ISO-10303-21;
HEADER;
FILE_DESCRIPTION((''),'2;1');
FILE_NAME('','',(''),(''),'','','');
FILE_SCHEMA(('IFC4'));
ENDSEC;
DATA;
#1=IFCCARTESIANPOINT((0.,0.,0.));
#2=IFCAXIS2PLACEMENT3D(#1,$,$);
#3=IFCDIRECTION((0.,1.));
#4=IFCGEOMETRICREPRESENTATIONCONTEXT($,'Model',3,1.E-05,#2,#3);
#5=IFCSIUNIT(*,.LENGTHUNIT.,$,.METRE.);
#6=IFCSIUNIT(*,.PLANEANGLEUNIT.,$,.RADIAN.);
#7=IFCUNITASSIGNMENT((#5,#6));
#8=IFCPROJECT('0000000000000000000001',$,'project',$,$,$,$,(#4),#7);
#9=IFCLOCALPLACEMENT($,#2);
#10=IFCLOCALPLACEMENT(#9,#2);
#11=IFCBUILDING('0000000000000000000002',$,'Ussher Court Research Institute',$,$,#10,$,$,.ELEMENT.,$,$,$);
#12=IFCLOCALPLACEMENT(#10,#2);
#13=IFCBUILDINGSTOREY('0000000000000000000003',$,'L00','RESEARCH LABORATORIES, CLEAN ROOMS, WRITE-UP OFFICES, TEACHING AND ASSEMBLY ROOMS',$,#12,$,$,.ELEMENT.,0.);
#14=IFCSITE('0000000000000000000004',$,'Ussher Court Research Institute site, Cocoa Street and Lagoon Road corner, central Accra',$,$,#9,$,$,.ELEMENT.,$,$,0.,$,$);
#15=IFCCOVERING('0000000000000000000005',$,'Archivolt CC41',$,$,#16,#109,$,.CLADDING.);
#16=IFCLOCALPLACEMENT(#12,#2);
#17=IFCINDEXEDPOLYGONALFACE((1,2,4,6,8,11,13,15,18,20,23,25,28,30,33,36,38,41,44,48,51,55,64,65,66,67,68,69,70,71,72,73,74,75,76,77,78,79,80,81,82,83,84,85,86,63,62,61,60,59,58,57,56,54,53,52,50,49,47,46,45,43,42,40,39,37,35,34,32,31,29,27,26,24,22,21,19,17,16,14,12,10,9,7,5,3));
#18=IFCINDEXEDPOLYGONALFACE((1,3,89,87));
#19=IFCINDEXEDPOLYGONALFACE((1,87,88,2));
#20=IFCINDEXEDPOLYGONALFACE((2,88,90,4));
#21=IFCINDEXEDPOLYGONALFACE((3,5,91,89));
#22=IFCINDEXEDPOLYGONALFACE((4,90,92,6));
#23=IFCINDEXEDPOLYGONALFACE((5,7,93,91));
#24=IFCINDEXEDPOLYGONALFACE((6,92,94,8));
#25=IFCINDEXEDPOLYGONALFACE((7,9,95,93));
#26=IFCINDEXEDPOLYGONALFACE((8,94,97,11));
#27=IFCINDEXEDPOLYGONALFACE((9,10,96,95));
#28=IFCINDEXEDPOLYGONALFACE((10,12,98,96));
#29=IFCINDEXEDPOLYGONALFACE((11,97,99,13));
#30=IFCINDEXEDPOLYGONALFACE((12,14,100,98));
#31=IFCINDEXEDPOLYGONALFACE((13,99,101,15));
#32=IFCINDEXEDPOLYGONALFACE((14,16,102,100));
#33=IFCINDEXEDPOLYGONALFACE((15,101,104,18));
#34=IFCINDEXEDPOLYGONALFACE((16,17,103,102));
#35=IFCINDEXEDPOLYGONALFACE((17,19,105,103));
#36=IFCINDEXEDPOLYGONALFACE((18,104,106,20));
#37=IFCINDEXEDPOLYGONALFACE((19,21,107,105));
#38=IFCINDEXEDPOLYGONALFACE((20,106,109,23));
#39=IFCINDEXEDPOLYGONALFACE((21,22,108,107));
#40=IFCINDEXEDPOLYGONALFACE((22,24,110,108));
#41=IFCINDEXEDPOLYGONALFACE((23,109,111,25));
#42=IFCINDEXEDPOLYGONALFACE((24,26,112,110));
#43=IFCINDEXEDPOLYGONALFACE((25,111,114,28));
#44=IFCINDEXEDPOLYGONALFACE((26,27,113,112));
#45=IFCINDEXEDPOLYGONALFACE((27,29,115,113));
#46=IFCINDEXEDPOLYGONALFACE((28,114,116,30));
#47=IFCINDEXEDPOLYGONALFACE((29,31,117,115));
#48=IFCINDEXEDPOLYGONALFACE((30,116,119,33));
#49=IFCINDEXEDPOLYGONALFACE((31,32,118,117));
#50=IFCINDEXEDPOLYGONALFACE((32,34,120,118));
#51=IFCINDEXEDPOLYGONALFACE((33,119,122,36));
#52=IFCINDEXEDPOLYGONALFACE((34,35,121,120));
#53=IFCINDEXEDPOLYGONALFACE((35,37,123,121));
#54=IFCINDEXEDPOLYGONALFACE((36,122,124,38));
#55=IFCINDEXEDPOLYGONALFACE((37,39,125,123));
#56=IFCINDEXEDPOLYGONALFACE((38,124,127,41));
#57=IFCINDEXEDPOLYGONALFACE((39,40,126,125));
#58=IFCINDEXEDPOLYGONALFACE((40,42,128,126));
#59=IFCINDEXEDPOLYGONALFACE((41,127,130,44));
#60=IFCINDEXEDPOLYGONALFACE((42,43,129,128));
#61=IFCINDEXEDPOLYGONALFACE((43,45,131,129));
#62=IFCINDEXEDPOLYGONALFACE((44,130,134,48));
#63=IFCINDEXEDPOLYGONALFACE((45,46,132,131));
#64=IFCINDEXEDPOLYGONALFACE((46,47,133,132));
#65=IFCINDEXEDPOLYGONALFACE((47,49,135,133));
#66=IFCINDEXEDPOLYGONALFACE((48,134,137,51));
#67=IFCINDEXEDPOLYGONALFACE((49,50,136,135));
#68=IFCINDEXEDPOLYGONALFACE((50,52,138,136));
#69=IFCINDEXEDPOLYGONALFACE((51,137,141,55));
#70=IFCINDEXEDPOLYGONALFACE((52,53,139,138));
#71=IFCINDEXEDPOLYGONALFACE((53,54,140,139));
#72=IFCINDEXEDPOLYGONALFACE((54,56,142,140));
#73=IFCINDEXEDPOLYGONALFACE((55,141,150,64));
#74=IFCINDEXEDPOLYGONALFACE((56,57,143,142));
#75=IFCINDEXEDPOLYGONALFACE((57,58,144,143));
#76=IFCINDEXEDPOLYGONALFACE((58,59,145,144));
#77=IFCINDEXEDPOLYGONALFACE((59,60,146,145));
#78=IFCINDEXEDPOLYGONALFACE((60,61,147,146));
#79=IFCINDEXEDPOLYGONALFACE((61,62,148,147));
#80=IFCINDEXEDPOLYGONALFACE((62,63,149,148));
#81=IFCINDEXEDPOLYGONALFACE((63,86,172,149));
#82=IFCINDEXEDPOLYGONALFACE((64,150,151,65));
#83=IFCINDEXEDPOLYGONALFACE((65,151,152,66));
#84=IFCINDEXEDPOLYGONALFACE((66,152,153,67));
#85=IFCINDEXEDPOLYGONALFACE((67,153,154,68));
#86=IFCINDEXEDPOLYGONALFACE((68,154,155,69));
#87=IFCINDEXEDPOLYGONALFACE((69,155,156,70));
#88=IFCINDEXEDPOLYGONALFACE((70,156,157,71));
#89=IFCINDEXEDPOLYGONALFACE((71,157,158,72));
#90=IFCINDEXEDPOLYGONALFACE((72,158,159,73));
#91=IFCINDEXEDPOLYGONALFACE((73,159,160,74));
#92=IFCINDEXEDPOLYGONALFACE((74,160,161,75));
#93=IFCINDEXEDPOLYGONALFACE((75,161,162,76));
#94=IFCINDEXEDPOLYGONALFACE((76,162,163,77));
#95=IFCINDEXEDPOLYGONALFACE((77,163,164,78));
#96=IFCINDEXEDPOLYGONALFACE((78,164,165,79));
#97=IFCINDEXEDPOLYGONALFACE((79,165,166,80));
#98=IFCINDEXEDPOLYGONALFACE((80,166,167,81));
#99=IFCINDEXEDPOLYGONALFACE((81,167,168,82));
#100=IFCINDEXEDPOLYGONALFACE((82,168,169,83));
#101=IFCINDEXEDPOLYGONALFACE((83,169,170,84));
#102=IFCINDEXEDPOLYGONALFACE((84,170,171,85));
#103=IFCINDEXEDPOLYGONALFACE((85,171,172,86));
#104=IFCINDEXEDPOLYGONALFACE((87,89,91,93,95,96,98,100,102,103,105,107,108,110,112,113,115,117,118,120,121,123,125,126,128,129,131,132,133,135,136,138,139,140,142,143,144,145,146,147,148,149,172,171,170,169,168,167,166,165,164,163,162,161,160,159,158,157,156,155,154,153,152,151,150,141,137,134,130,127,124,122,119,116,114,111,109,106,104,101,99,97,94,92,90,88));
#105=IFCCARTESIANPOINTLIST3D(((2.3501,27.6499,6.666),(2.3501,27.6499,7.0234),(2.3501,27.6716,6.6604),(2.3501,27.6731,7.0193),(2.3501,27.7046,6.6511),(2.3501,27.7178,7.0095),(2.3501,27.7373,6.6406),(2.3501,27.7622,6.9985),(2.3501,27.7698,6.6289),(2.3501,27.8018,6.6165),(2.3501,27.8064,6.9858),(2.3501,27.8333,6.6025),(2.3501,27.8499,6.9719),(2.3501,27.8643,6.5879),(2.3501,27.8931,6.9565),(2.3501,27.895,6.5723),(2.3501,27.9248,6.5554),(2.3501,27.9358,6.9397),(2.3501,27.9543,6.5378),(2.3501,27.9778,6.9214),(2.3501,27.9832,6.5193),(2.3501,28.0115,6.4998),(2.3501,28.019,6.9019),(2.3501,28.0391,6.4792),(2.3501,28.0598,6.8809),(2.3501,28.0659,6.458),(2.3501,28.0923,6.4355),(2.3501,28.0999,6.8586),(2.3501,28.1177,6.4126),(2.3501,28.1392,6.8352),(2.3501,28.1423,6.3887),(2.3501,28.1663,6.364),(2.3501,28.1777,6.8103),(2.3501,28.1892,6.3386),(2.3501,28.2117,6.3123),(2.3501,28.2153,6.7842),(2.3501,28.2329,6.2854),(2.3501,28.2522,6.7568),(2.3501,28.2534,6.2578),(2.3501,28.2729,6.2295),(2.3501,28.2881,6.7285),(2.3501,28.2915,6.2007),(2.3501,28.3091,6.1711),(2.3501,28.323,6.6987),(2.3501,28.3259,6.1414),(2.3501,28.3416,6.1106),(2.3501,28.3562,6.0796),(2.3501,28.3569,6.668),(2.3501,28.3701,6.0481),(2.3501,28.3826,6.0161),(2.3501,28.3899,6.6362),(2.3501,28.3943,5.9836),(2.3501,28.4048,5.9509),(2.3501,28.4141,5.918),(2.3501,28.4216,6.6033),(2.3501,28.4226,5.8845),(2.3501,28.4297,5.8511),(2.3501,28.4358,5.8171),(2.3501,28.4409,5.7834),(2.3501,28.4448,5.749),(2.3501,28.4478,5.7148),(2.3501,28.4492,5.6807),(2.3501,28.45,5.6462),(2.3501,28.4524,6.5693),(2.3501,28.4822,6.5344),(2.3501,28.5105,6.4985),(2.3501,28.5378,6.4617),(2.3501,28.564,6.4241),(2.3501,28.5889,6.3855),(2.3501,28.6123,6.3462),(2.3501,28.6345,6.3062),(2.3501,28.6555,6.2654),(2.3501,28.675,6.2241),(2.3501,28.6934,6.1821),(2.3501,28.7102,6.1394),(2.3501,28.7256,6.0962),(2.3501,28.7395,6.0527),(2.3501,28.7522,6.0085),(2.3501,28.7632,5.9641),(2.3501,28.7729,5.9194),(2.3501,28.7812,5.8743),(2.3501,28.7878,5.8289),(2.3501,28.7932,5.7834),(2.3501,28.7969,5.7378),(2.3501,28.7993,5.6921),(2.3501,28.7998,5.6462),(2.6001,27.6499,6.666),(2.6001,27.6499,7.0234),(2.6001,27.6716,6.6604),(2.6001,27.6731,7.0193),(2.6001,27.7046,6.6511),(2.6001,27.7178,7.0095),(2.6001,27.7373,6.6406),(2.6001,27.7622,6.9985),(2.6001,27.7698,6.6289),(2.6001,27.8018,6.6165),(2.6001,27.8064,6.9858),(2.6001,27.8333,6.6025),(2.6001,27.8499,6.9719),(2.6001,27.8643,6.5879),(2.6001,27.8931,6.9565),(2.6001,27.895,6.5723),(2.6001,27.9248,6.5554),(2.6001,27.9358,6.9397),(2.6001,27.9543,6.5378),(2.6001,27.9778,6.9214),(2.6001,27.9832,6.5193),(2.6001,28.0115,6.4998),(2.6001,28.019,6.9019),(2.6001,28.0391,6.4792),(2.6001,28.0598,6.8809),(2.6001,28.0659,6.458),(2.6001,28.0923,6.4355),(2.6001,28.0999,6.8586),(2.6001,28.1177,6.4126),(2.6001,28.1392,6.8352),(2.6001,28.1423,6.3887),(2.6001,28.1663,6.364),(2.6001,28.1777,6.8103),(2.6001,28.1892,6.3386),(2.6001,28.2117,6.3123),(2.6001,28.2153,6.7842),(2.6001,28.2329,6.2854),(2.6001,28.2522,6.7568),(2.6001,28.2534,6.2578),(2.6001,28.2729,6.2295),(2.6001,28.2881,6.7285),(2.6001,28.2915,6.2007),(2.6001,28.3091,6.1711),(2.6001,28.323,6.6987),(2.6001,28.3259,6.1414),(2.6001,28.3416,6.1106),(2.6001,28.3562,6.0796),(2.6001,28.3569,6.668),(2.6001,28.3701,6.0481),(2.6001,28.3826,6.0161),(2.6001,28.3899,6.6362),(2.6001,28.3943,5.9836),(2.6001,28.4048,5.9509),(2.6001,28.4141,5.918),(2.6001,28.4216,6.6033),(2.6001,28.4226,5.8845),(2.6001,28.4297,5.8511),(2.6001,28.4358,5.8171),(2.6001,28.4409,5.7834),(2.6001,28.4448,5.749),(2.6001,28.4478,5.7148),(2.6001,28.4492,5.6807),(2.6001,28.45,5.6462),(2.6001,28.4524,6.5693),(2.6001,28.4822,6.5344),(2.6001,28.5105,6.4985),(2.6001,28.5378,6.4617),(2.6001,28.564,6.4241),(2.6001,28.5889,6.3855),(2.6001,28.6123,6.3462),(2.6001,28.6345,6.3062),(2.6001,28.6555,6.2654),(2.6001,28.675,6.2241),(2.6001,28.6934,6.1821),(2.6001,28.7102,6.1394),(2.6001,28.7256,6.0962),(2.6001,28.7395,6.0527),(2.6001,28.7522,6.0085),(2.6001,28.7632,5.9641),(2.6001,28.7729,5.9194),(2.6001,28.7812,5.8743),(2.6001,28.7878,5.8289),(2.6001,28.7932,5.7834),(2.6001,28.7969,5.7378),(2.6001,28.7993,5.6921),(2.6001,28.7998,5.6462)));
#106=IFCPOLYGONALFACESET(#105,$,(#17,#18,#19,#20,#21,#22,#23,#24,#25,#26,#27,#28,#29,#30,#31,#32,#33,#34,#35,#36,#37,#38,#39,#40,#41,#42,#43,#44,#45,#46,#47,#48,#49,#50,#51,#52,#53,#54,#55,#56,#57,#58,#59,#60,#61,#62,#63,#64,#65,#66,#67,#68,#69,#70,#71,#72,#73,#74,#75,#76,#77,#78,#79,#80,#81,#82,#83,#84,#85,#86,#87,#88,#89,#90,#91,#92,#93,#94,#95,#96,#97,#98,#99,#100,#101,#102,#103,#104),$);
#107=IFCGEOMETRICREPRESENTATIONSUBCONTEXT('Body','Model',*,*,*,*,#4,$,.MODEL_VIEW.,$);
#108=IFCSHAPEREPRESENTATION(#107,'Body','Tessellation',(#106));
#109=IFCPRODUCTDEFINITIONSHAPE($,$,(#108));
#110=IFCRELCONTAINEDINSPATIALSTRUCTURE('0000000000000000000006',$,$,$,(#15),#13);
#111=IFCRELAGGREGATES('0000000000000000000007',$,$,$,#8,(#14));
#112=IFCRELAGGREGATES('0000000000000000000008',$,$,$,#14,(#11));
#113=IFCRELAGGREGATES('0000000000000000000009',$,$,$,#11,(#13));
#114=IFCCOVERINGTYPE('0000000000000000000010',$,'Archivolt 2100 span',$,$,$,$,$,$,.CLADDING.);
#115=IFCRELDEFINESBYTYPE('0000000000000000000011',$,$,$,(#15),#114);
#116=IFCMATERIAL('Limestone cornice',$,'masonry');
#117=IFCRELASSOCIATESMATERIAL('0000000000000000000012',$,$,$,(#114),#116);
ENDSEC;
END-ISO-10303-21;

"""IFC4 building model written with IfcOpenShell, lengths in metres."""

from ifc_helpers import new_model, si_unit, direction, frame, origin, place, context, subcontext, project, spatial, polyline, outline, extrude, material, type_object, element, save


model = new_model("IFC4")

# Units and contexts
model_context = context("Model", 3, precision=1e-05, world=origin(), true_north=direction((0.0, 1.0)))
body_context = subcontext(model_context, "Body", "Model", "MODEL_VIEW")
ifc_project = project(units=[si_unit("LENGTHUNIT", "METRE"), si_unit("PLANEANGLEUNIT", "RADIAN")], contexts=[model_context])

# Site, building, storey
site_placement = place(None, origin())
site = spatial("IfcSite", under=ifc_project, at=site_placement, Name="Ussher Court Research Institute site, Cocoa Street and Lagoon Road corner, central Accra", CompositionType="ELEMENT", RefElevation=0.0)
building_placement = place(site_placement, origin())
building = spatial("IfcBuilding", under=site, at=building_placement, Name="Ussher Court Research Institute", CompositionType="ELEMENT")
storey_placement = place(building_placement, origin())
storey = spatial("IfcBuildingStorey", under=building, at=storey_placement, Name="L00", Description="RESEARCH LABORATORIES, CLEAN ROOMS, WRITE-UP OFFICES, TEACHING AND ASSEMBLY ROOMS", CompositionType="ELEMENT", Elevation=0.0)

# Covering
ifc_material_1 = material(Name="Limestone cornice", Category="masonry")
covering_type_1 = type_object("IfcCoveringType", Name="Archivolt 2100 span", PredefinedType="CLADDING", material=ifc_material_1)
covering_1_placement = place(storey_placement, frame((2.3501, 27.3999, 5.6462), z_axis=(1.0, 0.0, 0.0), x_axis=(0.0, 1.0, 0.0)))
element("IfcCovering", 1, at=covering_1_placement, inside=storey, type_object=covering_type_1, Name="Archivolt CC41", PredefinedType="CLADDING", context=body_context, shape_type="SweptSolid", body=[
    extrude(outline(polyline([(0.2732, 1.373), (0.25, 1.3772), (0.25, 1.0198), (0.2717, 1.0142), (0.3047, 1.0049), (0.3374, 0.9944), (0.3699, 0.9827), (0.4019, 0.9702), (0.4333, 0.9563), (0.4644, 0.9417), (0.4951, 0.926), (0.5249, 0.9092), (0.5544, 0.8916), (0.5833, 0.873), (0.6116, 0.8535), (0.6392, 0.833), (0.666, 0.8118), (0.6924, 0.7893), (0.7178, 0.7664), (0.7424, 0.7424), (0.7664, 0.7178), (0.7893, 0.6924), (0.8118, 0.666), (0.833, 0.6392), (0.8535, 0.6116), (0.873, 0.5833), (0.8916, 0.5544), (0.9092, 0.5249), (0.926, 0.4951), (0.9417, 0.4644), (0.9563, 0.4333), (0.9702, 0.4019), (0.9827, 0.3699), (0.9944, 0.3374), (1.0049, 0.3047), (1.0142, 0.2717), (1.0227, 0.2383), (1.0298, 0.2048), (1.0359, 0.1709), (1.041, 0.1372), (1.0449, 0.1028), (1.0479, 0.0686), (1.0493, 0.0344), (1.05, 0.0), (1.3999, 0.0), (1.3994, 0.0459), (1.397, 0.0916), (1.3933, 0.1372), (1.3879, 0.1826), (1.3813, 0.228), (1.373, 0.2732), (1.3633, 0.3179), (1.3523, 0.3623), (1.3396, 0.4065), (1.3257, 0.45), (1.3103, 0.4932), (1.2935, 0.5359), (1.2751, 0.5779), (1.2556, 0.6191), (1.2346, 0.6599), (1.2124, 0.7), (1.189, 0.7393), (1.1641, 0.7778), (1.1379, 0.8154), (1.1106, 0.8523), (1.0823, 0.8882), (1.0525, 0.9231), (1.0217, 0.957), (0.99, 0.99), (0.957, 1.0217), (0.9231, 1.0525), (0.8882, 1.0823), (0.8523, 1.1106), (0.8154, 1.1379), (0.7778, 1.1641), (0.7393, 1.189), (0.7, 1.2124), (0.6599, 1.2346), (0.6191, 1.2556), (0.5779, 1.2751), (0.5359, 1.2935), (0.4932, 1.3103), (0.45, 1.3257), (0.4065, 1.3396), (0.3623, 1.3523), (0.3179, 1.3633), (0.2732, 1.373)])), origin(), (0.0, 0.0, 1.0), 0.25),
])

save(model, "model.ifc")
